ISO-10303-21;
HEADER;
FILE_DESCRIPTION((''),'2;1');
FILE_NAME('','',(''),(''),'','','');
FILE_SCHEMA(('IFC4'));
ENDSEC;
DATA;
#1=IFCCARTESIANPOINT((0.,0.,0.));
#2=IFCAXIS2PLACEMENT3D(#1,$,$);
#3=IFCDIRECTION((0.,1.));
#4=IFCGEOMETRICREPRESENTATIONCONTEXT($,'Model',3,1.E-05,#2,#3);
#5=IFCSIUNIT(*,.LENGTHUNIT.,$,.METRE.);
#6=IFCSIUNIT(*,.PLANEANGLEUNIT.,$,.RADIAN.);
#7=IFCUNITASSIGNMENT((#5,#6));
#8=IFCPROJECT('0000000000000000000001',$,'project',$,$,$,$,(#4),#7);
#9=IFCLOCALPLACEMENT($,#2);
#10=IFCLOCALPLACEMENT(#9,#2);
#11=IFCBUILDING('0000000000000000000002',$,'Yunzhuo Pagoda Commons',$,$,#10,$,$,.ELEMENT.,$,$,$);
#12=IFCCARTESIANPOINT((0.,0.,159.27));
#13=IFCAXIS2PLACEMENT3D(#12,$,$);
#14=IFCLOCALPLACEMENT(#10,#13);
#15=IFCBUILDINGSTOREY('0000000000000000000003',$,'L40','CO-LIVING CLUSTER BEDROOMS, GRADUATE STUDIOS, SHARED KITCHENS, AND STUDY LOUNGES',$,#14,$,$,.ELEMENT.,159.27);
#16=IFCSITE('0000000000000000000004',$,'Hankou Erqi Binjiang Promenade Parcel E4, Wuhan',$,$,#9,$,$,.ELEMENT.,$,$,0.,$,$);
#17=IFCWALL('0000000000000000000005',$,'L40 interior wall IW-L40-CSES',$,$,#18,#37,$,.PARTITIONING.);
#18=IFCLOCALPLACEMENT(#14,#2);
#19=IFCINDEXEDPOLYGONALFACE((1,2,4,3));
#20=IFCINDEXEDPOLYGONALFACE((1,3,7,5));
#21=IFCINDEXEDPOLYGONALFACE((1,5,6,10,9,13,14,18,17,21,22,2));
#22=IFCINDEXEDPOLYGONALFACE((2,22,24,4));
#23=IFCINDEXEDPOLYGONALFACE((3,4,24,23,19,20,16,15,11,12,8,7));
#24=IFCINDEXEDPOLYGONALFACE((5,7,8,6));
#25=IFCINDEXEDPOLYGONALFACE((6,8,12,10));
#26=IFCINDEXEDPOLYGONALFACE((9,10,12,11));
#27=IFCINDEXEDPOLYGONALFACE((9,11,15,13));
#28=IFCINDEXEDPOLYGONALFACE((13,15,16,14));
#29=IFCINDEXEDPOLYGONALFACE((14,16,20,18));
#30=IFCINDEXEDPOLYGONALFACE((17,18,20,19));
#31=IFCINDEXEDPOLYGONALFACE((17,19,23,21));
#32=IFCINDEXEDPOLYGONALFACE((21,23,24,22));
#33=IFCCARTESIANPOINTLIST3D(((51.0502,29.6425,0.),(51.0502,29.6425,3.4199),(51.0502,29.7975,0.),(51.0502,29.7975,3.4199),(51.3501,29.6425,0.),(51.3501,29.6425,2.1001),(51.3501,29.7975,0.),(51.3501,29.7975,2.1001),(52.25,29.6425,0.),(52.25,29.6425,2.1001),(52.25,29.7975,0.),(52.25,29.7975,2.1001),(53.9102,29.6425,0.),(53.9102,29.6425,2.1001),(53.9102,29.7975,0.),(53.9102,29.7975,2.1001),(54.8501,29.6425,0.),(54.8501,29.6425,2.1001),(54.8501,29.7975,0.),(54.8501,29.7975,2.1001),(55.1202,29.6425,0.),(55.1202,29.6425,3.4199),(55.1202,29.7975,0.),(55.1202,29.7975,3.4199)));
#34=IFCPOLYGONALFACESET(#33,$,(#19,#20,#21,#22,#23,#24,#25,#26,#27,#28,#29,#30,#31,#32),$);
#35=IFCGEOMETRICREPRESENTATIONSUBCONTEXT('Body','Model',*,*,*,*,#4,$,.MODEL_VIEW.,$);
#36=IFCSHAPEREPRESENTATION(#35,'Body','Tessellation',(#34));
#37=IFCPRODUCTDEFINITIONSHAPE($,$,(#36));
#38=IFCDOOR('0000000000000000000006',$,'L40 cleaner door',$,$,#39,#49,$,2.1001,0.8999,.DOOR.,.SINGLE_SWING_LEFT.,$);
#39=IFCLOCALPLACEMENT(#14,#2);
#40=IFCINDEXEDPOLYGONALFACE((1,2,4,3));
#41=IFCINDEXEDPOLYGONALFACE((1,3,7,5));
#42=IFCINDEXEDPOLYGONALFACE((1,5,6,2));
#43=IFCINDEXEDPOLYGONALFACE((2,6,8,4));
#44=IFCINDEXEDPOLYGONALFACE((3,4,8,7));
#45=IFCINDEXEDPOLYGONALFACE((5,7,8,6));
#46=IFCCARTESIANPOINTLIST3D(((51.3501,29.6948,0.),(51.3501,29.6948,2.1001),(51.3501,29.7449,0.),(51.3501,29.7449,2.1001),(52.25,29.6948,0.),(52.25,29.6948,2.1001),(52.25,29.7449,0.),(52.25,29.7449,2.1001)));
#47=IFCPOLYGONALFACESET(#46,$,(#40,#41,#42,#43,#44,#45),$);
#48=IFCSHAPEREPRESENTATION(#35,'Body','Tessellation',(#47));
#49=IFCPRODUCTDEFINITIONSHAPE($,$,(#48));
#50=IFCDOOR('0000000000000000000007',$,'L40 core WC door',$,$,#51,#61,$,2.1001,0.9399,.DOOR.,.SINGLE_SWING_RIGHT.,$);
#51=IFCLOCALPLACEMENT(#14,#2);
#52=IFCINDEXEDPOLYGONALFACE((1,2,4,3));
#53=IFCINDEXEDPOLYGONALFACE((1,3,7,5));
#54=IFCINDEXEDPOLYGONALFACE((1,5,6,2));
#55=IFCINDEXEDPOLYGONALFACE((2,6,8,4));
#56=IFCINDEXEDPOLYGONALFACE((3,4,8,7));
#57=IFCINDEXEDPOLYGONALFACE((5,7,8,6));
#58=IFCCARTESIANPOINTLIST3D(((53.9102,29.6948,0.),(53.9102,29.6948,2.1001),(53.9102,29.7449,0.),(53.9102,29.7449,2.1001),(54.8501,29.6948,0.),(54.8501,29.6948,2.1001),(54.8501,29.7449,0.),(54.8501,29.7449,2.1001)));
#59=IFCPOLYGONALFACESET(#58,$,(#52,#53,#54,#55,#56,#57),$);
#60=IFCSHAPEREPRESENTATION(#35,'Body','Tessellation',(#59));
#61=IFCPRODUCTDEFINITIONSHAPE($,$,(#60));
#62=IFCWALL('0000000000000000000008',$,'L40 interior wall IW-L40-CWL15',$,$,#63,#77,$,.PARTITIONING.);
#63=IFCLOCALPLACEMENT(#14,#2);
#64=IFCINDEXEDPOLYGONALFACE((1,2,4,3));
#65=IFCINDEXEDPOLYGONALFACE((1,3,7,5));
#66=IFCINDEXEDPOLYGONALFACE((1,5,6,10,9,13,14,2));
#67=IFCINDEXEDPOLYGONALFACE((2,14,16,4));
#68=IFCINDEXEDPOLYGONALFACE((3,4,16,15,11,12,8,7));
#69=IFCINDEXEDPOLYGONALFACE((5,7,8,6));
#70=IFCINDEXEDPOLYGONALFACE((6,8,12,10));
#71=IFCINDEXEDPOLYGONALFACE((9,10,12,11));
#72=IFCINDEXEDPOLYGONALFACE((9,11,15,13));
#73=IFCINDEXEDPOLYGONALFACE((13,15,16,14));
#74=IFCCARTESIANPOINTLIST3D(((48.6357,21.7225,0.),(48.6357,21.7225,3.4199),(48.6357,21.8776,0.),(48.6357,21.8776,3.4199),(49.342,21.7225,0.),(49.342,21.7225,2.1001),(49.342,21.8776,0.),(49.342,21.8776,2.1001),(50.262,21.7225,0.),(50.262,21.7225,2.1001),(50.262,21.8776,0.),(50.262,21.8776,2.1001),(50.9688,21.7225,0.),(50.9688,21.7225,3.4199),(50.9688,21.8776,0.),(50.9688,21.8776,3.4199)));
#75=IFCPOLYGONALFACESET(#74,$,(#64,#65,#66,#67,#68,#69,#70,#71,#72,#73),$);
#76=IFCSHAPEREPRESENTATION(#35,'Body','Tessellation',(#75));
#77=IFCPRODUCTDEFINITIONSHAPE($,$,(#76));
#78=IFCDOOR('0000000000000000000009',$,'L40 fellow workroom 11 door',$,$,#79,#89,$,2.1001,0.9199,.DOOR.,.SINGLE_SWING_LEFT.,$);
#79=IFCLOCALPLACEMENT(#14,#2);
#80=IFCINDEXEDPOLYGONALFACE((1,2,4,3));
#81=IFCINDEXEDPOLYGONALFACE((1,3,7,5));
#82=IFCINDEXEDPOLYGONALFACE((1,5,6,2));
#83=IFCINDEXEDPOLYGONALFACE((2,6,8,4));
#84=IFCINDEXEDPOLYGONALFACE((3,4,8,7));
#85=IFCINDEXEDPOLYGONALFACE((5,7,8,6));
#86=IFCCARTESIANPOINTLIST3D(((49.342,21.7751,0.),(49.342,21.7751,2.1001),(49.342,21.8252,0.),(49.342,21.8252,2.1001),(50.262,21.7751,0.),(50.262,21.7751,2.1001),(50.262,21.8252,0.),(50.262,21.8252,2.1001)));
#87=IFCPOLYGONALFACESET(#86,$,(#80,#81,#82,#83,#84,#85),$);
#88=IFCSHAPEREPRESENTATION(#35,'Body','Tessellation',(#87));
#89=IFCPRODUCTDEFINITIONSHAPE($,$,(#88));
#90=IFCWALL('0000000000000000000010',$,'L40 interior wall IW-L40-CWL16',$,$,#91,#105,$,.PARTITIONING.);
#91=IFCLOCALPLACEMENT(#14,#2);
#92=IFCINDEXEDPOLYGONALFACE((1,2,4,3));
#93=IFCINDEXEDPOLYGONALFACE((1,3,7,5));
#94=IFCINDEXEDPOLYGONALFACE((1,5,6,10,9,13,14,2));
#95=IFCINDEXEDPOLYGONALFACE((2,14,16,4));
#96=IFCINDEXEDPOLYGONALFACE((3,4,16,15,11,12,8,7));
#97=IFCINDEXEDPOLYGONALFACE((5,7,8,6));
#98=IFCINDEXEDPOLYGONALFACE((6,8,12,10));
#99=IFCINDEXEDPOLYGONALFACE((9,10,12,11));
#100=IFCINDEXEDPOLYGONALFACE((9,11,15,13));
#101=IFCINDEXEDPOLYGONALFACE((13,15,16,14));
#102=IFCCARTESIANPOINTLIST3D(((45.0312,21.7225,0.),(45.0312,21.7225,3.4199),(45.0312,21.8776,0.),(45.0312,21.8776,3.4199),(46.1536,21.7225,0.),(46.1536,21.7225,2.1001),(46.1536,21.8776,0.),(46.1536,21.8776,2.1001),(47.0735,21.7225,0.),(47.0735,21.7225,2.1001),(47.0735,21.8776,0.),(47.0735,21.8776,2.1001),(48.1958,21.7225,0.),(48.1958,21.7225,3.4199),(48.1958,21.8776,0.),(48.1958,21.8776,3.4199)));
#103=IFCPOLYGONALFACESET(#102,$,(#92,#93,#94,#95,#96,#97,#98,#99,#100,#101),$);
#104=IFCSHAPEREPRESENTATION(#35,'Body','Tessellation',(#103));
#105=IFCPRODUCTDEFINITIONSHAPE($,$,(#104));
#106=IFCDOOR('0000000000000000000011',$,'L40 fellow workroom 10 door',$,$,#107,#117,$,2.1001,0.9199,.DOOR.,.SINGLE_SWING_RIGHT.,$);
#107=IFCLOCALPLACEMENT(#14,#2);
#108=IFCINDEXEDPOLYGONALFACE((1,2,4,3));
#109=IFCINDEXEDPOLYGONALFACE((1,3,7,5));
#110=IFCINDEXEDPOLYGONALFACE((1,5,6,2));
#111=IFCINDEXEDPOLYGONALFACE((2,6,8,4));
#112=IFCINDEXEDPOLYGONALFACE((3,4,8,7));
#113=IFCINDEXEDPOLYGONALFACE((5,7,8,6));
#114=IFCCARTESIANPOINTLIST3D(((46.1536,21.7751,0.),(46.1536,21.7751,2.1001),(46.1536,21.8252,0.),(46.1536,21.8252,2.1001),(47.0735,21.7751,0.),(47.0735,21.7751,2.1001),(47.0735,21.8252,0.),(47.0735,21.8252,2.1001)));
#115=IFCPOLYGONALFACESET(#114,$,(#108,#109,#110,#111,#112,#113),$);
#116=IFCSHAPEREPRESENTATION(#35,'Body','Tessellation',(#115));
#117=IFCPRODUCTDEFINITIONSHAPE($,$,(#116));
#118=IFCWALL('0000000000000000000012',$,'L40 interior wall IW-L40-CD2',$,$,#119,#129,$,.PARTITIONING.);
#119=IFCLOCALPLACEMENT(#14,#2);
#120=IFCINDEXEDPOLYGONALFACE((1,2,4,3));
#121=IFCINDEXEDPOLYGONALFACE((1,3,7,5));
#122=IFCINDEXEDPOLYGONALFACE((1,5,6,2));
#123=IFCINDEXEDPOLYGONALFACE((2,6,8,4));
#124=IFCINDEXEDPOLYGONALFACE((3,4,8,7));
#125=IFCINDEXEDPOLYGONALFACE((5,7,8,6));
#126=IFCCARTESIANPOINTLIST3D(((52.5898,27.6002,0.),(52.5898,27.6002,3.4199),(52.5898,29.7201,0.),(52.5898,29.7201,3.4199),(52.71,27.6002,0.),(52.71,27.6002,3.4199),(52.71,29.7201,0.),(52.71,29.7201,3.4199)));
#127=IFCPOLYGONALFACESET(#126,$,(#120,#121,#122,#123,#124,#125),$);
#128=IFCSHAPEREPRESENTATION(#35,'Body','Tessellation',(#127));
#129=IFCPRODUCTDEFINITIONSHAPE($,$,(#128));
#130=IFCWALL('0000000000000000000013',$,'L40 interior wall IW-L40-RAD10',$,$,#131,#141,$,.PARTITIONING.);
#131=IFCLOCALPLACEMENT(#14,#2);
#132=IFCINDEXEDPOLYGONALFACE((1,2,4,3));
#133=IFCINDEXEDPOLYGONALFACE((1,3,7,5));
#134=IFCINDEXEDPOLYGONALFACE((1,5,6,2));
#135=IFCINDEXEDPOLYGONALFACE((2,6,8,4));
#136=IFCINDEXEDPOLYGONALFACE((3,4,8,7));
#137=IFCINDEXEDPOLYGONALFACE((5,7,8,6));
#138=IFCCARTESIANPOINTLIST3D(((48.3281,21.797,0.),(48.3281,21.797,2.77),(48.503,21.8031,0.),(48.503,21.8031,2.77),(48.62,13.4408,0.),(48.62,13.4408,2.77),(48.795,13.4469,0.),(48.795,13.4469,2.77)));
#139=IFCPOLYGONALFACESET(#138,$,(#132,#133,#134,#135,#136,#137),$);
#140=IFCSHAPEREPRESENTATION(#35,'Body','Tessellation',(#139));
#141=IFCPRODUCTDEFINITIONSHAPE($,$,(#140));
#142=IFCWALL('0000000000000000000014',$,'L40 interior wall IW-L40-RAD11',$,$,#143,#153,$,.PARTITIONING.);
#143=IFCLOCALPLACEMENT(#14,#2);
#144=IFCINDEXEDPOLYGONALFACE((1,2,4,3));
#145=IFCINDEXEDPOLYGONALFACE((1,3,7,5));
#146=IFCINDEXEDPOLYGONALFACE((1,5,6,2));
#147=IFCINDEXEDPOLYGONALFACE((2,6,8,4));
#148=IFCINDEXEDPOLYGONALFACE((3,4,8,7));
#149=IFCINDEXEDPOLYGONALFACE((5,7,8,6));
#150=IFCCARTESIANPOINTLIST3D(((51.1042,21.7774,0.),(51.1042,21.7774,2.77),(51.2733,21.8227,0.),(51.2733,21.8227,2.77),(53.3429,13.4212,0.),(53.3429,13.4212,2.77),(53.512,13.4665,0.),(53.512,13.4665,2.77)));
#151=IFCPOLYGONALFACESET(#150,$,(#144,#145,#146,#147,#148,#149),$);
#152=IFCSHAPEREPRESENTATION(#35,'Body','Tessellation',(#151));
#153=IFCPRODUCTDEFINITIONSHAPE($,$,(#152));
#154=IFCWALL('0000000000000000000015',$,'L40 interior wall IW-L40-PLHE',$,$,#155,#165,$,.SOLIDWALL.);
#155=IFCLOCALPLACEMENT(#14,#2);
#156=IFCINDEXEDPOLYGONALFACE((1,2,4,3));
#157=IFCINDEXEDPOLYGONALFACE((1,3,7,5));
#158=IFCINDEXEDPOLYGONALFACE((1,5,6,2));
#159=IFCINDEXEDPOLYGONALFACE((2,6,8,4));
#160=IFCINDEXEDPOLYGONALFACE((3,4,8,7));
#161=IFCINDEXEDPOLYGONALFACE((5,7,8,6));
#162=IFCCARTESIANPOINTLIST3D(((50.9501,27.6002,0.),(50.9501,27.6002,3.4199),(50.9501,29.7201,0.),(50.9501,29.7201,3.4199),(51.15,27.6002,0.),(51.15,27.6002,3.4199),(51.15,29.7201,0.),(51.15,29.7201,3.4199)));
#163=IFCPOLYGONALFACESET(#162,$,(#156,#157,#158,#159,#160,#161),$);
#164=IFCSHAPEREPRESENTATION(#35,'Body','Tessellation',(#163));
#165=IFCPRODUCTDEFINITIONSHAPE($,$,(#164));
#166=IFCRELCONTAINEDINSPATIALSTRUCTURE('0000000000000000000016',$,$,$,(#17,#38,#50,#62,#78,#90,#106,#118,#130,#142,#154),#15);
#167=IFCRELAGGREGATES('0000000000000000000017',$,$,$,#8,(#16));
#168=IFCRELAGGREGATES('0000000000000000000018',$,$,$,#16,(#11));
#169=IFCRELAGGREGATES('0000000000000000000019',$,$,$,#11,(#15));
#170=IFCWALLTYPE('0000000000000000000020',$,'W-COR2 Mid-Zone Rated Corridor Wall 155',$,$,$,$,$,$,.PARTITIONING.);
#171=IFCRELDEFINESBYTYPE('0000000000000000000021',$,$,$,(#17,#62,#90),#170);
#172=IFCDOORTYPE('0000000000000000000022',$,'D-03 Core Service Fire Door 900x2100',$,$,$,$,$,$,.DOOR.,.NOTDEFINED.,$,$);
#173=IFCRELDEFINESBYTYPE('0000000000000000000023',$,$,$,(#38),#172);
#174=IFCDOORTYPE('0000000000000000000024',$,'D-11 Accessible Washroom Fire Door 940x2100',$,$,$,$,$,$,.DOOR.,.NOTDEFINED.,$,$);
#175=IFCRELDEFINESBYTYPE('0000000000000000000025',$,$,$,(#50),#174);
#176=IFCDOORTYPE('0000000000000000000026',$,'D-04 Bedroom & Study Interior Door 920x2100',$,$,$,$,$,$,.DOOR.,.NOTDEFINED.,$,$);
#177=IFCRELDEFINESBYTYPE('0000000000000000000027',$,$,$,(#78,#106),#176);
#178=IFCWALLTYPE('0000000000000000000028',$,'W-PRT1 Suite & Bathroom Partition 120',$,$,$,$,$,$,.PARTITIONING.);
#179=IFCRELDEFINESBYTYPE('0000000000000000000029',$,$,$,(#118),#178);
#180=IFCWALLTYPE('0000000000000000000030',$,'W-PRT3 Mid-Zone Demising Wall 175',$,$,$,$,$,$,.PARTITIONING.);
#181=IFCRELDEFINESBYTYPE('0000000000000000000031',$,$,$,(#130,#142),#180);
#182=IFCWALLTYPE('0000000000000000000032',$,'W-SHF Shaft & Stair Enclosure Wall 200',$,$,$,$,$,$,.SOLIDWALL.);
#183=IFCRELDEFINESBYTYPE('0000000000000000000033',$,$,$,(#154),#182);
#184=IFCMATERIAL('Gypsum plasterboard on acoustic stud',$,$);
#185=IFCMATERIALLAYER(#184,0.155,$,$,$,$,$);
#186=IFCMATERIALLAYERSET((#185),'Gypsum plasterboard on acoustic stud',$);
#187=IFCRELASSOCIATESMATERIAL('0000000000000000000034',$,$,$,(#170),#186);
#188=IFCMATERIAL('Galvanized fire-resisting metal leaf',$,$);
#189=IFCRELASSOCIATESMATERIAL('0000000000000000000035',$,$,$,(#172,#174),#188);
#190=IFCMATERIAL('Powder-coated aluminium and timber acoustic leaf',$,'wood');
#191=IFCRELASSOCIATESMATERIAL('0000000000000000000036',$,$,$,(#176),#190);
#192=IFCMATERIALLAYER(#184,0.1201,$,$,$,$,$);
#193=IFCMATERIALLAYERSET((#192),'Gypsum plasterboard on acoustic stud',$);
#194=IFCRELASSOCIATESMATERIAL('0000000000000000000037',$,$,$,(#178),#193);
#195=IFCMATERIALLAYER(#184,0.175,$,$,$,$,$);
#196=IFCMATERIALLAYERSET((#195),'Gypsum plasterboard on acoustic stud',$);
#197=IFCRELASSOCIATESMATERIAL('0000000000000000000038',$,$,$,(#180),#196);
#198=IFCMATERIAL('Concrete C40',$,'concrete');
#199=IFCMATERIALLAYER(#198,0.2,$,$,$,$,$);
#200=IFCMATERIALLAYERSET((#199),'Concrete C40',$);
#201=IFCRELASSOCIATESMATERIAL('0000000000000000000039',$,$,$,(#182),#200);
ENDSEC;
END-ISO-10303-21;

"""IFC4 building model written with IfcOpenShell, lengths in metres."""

from ifc_helpers import new_model, si_unit, direction, frame, frame_2d, origin, origin_with_axes, place, context, subcontext, project, spatial, rectangle, extrude, source, transform, mapped, material, layer, layer_set, type_object, element, fill, save


model = new_model("IFC4")

# Units and contexts
model_context = context("Model", 3, precision=1e-05, world=origin(), true_north=direction((0.0, 1.0)))
body_context = subcontext(model_context, "Body", "Model", "MODEL_VIEW")
ifc_project = project(units=[si_unit("LENGTHUNIT", "METRE"), si_unit("PLANEANGLEUNIT", "RADIAN")], contexts=[model_context])

# Site, building, storey
site_placement = place(None, origin())
site = spatial("IfcSite", under=ifc_project, at=site_placement, Name="Hankou Erqi Binjiang Promenade Parcel E4, Wuhan", CompositionType="ELEMENT", RefElevation=0.0)
building_placement = place(site_placement, origin())
building = spatial("IfcBuilding", under=site, at=building_placement, Name="Yunzhuo Pagoda Commons", CompositionType="ELEMENT")
storey_placement = place(building_placement, frame((0.0, 0.0, 159.27)))
storey = spatial("IfcBuildingStorey", under=building, at=storey_placement, Name="L40", Description="CO-LIVING CLUSTER BEDROOMS, GRADUATE STUDIOS, SHARED KITCHENS, AND STUDY LOUNGES", CompositionType="ELEMENT", Elevation=159.27)

# Wall, openings, doors
ifc_material_1 = material(Name="Gypsum plasterboard on acoustic stud")
ifc_layer_1 = layer(ifc_material_1, 0.155)
ifc_layer_set_1 = layer_set([ifc_layer_1], Name="Gypsum plasterboard on acoustic stud")
wall_type_1 = type_object("IfcWallType", Name="W-COR2 Mid-Zone Rated Corridor Wall 155", PredefinedType="PARTITIONING", material=ifc_layer_set_1)
wall_1_placement = place(storey_placement, frame((51.05, 29.72, 0.0), z_axis=(0.0, 0.0, 1.0), x_axis=(1.0, 0.0, 0.0)))
wall_1 = element("IfcWall", 1, at=wall_1_placement, inside=storey, type_object=wall_type_1, Name="L40 interior wall IW-L40-CSES", PredefinedType="PARTITIONING", context=body_context, shape_type="SweptSolid", body=[
    extrude(rectangle(XDim=4.0701, YDim=0.155, at=frame_2d((2.0352, 0.0))), origin(), (0.0, 0.0, 1.0), 3.4199),
])
opening_1_placement = place(wall_1_placement, frame((0.3, 0.0, 0.0)))
opening_1 = element("IfcOpeningElement", 2, at=opening_1_placement, cuts=wall_1, PredefinedType="OPENING", context=body_context, shape_type="SweptSolid", body=[
    extrude(rectangle(XDim=0.8999, YDim=2.1001, at=frame_2d((0.45, 1.05))), frame((0.0, 0.0874, 0.0), z_axis=(0.0, -1.0, 0.0), x_axis=(1.0, 0.0, 0.0)), (0.0, 0.0, 1.0), 0.175),
])
opening_2_placement = place(wall_1_placement, frame((2.8601, 0.0, 0.0)))
opening_2 = element("IfcOpeningElement", 3, at=opening_2_placement, cuts=wall_1, PredefinedType="OPENING", context=body_context, shape_type="SweptSolid", body=[
    extrude(rectangle(XDim=0.9399, YDim=2.1001, at=frame_2d((0.47, 1.05))), frame((0.0, 0.0874, 0.0), z_axis=(0.0, -1.0, 0.0), x_axis=(1.0, 0.0, 0.0)), (0.0, 0.0, 1.0), 0.175),
])
ifc_material_2 = material(Name="Galvanized fire-resisting metal leaf")
door_type_1 = type_object("IfcDoorType", Name="D-03 Core Service Fire Door 900x2100", OperationType="NOTDEFINED", PredefinedType="DOOR", material=ifc_material_2)
shared_shape_1 = source(origin(), body_context, "Body", "SweptSolid", [
    extrude(rectangle(XDim=0.8999, YDim=2.1001, at=frame_2d((0.45, 1.05))), frame((0.0, 0.0249, 0.0), z_axis=(0.0, -1.0, 0.0), x_axis=(1.0, 0.0, 0.0)), (0.0, 0.0, 1.0), 0.05),
])
door_1_placement = place(opening_1_placement, origin_with_axes())
door_1 = element("IfcDoor", 4, at=door_1_placement, inside=storey, type_object=door_type_1, Name="L40 cleaner door", OperationType="SINGLE_SWING_LEFT", OverallHeight=2.1001, OverallWidth=0.8999, PredefinedType="DOOR", context=body_context, shape_type="MappedRepresentation", body=[
    mapped(shared_shape_1, transform((0.0, 0.0, 0.0), scale=1.0)),
])
fill(opening_1, door_1)
door_type_2 = type_object("IfcDoorType", Name="D-11 Accessible Washroom Fire Door 940x2100", OperationType="NOTDEFINED", PredefinedType="DOOR", material=ifc_material_2)
shared_shape_2 = source(origin(), body_context, "Body", "SweptSolid", [
    extrude(rectangle(XDim=0.9399, YDim=2.1001, at=frame_2d((0.47, 1.05))), frame((0.0, 0.0249, 0.0), z_axis=(0.0, -1.0, 0.0), x_axis=(1.0, 0.0, 0.0)), (0.0, 0.0, 1.0), 0.05),
])
door_2_placement = place(opening_2_placement, origin_with_axes())
door_2 = element("IfcDoor", 5, at=door_2_placement, inside=storey, type_object=door_type_2, Name="L40 core WC door", OperationType="SINGLE_SWING_RIGHT", OverallHeight=2.1001, OverallWidth=0.9399, PredefinedType="DOOR", context=body_context, shape_type="MappedRepresentation", body=[
    mapped(shared_shape_2, transform((0.0, 0.0, 0.0), scale=1.0)),
])
fill(opening_2, door_2)

# Walls, openings, doors
wall_2_placement = place(storey_placement, frame((50.9688, 21.8, 0.0), z_axis=(0.0, 0.0, 1.0), x_axis=(-1.0, 0.0, 0.0)))
wall_2 = element("IfcWall", 6, at=wall_2_placement, inside=storey, type_object=wall_type_1, Name="L40 interior wall IW-L40-CWL15", PredefinedType="PARTITIONING", context=body_context, shape_type="SweptSolid", body=[
    extrude(rectangle(XDim=2.333, YDim=0.155, at=frame_2d((1.1665, 0.0))), origin(), (0.0, 0.0, 1.0), 3.4199),
])
opening_3_placement = place(wall_2_placement, frame((0.7068, 0.0, 0.0)))
opening_3 = element("IfcOpeningElement", 7, at=opening_3_placement, cuts=wall_2, PredefinedType="OPENING", context=body_context, shape_type="SweptSolid", body=[
    extrude(rectangle(XDim=0.9199, YDim=2.1001, at=frame_2d((0.46, 1.05))), frame((0.0, 0.0874, 0.0), z_axis=(0.0, -1.0, 0.0), x_axis=(1.0, 0.0, 0.0)), (0.0, 0.0, 1.0), 0.175),
])
ifc_material_3 = material(Name="Powder-coated aluminium and timber acoustic leaf", Category="wood")
door_type_3 = type_object("IfcDoorType", Name="D-04 Bedroom & Study Interior Door 920x2100", OperationType="NOTDEFINED", PredefinedType="DOOR", material=ifc_material_3)
shared_shape_3 = source(origin(), body_context, "Body", "SweptSolid", [
    extrude(rectangle(XDim=0.9199, YDim=2.1001, at=frame_2d((0.46, 1.05))), frame((0.0, 0.0249, 0.0), z_axis=(0.0, -1.0, 0.0), x_axis=(1.0, 0.0, 0.0)), (0.0, 0.0, 1.0), 0.05),
])
door_3_placement = place(opening_3_placement, origin_with_axes())
door_3 = element("IfcDoor", 8, at=door_3_placement, inside=storey, type_object=door_type_3, Name="L40 fellow workroom 11 door", OperationType="SINGLE_SWING_LEFT", OverallHeight=2.1001, OverallWidth=0.9199, PredefinedType="DOOR", context=body_context, shape_type="MappedRepresentation", body=[
    mapped(shared_shape_3, transform((0.0, 0.0, 0.0), scale=1.0)),
])
fill(opening_3, door_3)
wall_3_placement = place(storey_placement, frame((48.1958, 21.8, 0.0), z_axis=(0.0, 0.0, 1.0), x_axis=(-1.0, 0.0, 0.0)))
wall_3 = element("IfcWall", 9, at=wall_3_placement, inside=storey, type_object=wall_type_1, Name="L40 interior wall IW-L40-CWL16", PredefinedType="PARTITIONING", context=body_context, shape_type="SweptSolid", body=[
    extrude(rectangle(XDim=3.1646, YDim=0.155, at=frame_2d((1.5823, 0.0))), origin(), (0.0, 0.0, 1.0), 3.4199),
])
opening_4_placement = place(wall_3_placement, frame((1.1223, 0.0, 0.0)))
opening_4 = element("IfcOpeningElement", 10, at=opening_4_placement, cuts=wall_3, PredefinedType="OPENING", context=body_context, shape_type="SweptSolid", body=[
    extrude(rectangle(XDim=0.9199, YDim=2.1001, at=frame_2d((0.46, 1.05))), frame((0.0, 0.0874, 0.0), z_axis=(0.0, -1.0, 0.0), x_axis=(1.0, 0.0, 0.0)), (0.0, 0.0, 1.0), 0.175),
])
door_4_placement = place(opening_4_placement, origin_with_axes())
door_4 = element("IfcDoor", 11, at=door_4_placement, inside=storey, type_object=door_type_3, Name="L40 fellow workroom 10 door", OperationType="SINGLE_SWING_RIGHT", OverallHeight=2.1001, OverallWidth=0.9199, PredefinedType="DOOR", context=body_context, shape_type="MappedRepresentation", body=[
    mapped(shared_shape_3, transform((0.0, 0.0, 0.0), scale=1.0)),
])
fill(opening_4, door_4)

# Walls
ifc_layer_2 = layer(ifc_material_1, 0.1201)
ifc_layer_set_2 = layer_set([ifc_layer_2], Name="Gypsum plasterboard on acoustic stud")
wall_type_2 = type_object("IfcWallType", Name="W-PRT1 Suite & Bathroom Partition 120", PredefinedType="PARTITIONING", material=ifc_layer_set_2)
wall_4_placement = place(storey_placement, frame((52.6499, 27.6001, 0.0), z_axis=(0.0, 0.0, 1.0), x_axis=(0.0, 1.0, 0.0)))
element("IfcWall", 12, at=wall_4_placement, inside=storey, type_object=wall_type_2, Name="L40 interior wall IW-L40-CD2", PredefinedType="PARTITIONING", context=body_context, shape_type="SweptSolid", body=[
    extrude(rectangle(XDim=2.1199, YDim=0.1201, at=frame_2d((1.0601, 0.0))), origin(), (0.0, 0.0, 1.0), 3.4199),
])
ifc_layer_3 = layer(ifc_material_1, 0.175)
ifc_layer_set_3 = layer_set([ifc_layer_3], Name="Gypsum plasterboard on acoustic stud")
wall_type_3 = type_object("IfcWallType", Name="W-PRT3 Mid-Zone Demising Wall 175", PredefinedType="PARTITIONING", material=ifc_layer_set_3)
wall_5_placement = place(storey_placement, frame((48.4155, 21.8, 0.0), z_axis=(0.0, 0.0, 1.0), x_axis=(0.034922, -0.99939, 0.0)))
element("IfcWall", 13, at=wall_5_placement, inside=storey, type_object=wall_type_3, Name="L40 interior wall IW-L40-RAD10", PredefinedType="PARTITIONING", context=body_context, shape_type="SweptSolid", body=[
    extrude(rectangle(XDim=8.3613, YDim=0.175, at=frame_2d((4.1807, 0.0))), origin(), (0.0, 0.0, 1.0), 2.77),
])
wall_6_placement = place(storey_placement, frame((51.1887, 21.8, 0.0), z_axis=(0.0, 0.0, 1.0), x_axis=(0.25879, -0.965934, 0.0)))
element("IfcWall", 14, at=wall_6_placement, inside=storey, type_object=wall_type_3, Name="L40 interior wall IW-L40-RAD11", PredefinedType="PARTITIONING", context=body_context, shape_type="SweptSolid", body=[
    extrude(rectangle(XDim=8.6509, YDim=0.175, at=frame_2d((4.3254, 0.0))), origin(), (0.0, 0.0, 1.0), 2.77),
])
ifc_material_4 = material(Name="Concrete C40", Category="concrete")
ifc_layer_4 = layer(ifc_material_4, 0.2)
ifc_layer_set_4 = layer_set([ifc_layer_4], Name="Concrete C40")
wall_type_4 = type_object("IfcWallType", Name="W-SHF Shaft & Stair Enclosure Wall 200", PredefinedType="SOLIDWALL", material=ifc_layer_set_4)
for number, where, z_axis, x_axis, name in (
    (15, (51.05, 27.6001, 0.0), (0.0, 0.0, 1.0), (0.0, 1.0, 0.0), "L40 interior wall IW-L40-PLHE"),
):
    element("IfcWall", number, at=place(storey_placement, frame(where, z_axis=z_axis, x_axis=x_axis)), inside=storey, type_object=wall_type_4, Name=name, PredefinedType="SOLIDWALL", context=body_context, shape_type="SweptSolid", body=[
        extrude(rectangle(XDim=2.1199, YDim=0.2, at=frame_2d((1.0601, 0.0))), origin(), (0.0, 0.0, 1.0), 3.4199),
    ])

save(model, "model.ifc")
